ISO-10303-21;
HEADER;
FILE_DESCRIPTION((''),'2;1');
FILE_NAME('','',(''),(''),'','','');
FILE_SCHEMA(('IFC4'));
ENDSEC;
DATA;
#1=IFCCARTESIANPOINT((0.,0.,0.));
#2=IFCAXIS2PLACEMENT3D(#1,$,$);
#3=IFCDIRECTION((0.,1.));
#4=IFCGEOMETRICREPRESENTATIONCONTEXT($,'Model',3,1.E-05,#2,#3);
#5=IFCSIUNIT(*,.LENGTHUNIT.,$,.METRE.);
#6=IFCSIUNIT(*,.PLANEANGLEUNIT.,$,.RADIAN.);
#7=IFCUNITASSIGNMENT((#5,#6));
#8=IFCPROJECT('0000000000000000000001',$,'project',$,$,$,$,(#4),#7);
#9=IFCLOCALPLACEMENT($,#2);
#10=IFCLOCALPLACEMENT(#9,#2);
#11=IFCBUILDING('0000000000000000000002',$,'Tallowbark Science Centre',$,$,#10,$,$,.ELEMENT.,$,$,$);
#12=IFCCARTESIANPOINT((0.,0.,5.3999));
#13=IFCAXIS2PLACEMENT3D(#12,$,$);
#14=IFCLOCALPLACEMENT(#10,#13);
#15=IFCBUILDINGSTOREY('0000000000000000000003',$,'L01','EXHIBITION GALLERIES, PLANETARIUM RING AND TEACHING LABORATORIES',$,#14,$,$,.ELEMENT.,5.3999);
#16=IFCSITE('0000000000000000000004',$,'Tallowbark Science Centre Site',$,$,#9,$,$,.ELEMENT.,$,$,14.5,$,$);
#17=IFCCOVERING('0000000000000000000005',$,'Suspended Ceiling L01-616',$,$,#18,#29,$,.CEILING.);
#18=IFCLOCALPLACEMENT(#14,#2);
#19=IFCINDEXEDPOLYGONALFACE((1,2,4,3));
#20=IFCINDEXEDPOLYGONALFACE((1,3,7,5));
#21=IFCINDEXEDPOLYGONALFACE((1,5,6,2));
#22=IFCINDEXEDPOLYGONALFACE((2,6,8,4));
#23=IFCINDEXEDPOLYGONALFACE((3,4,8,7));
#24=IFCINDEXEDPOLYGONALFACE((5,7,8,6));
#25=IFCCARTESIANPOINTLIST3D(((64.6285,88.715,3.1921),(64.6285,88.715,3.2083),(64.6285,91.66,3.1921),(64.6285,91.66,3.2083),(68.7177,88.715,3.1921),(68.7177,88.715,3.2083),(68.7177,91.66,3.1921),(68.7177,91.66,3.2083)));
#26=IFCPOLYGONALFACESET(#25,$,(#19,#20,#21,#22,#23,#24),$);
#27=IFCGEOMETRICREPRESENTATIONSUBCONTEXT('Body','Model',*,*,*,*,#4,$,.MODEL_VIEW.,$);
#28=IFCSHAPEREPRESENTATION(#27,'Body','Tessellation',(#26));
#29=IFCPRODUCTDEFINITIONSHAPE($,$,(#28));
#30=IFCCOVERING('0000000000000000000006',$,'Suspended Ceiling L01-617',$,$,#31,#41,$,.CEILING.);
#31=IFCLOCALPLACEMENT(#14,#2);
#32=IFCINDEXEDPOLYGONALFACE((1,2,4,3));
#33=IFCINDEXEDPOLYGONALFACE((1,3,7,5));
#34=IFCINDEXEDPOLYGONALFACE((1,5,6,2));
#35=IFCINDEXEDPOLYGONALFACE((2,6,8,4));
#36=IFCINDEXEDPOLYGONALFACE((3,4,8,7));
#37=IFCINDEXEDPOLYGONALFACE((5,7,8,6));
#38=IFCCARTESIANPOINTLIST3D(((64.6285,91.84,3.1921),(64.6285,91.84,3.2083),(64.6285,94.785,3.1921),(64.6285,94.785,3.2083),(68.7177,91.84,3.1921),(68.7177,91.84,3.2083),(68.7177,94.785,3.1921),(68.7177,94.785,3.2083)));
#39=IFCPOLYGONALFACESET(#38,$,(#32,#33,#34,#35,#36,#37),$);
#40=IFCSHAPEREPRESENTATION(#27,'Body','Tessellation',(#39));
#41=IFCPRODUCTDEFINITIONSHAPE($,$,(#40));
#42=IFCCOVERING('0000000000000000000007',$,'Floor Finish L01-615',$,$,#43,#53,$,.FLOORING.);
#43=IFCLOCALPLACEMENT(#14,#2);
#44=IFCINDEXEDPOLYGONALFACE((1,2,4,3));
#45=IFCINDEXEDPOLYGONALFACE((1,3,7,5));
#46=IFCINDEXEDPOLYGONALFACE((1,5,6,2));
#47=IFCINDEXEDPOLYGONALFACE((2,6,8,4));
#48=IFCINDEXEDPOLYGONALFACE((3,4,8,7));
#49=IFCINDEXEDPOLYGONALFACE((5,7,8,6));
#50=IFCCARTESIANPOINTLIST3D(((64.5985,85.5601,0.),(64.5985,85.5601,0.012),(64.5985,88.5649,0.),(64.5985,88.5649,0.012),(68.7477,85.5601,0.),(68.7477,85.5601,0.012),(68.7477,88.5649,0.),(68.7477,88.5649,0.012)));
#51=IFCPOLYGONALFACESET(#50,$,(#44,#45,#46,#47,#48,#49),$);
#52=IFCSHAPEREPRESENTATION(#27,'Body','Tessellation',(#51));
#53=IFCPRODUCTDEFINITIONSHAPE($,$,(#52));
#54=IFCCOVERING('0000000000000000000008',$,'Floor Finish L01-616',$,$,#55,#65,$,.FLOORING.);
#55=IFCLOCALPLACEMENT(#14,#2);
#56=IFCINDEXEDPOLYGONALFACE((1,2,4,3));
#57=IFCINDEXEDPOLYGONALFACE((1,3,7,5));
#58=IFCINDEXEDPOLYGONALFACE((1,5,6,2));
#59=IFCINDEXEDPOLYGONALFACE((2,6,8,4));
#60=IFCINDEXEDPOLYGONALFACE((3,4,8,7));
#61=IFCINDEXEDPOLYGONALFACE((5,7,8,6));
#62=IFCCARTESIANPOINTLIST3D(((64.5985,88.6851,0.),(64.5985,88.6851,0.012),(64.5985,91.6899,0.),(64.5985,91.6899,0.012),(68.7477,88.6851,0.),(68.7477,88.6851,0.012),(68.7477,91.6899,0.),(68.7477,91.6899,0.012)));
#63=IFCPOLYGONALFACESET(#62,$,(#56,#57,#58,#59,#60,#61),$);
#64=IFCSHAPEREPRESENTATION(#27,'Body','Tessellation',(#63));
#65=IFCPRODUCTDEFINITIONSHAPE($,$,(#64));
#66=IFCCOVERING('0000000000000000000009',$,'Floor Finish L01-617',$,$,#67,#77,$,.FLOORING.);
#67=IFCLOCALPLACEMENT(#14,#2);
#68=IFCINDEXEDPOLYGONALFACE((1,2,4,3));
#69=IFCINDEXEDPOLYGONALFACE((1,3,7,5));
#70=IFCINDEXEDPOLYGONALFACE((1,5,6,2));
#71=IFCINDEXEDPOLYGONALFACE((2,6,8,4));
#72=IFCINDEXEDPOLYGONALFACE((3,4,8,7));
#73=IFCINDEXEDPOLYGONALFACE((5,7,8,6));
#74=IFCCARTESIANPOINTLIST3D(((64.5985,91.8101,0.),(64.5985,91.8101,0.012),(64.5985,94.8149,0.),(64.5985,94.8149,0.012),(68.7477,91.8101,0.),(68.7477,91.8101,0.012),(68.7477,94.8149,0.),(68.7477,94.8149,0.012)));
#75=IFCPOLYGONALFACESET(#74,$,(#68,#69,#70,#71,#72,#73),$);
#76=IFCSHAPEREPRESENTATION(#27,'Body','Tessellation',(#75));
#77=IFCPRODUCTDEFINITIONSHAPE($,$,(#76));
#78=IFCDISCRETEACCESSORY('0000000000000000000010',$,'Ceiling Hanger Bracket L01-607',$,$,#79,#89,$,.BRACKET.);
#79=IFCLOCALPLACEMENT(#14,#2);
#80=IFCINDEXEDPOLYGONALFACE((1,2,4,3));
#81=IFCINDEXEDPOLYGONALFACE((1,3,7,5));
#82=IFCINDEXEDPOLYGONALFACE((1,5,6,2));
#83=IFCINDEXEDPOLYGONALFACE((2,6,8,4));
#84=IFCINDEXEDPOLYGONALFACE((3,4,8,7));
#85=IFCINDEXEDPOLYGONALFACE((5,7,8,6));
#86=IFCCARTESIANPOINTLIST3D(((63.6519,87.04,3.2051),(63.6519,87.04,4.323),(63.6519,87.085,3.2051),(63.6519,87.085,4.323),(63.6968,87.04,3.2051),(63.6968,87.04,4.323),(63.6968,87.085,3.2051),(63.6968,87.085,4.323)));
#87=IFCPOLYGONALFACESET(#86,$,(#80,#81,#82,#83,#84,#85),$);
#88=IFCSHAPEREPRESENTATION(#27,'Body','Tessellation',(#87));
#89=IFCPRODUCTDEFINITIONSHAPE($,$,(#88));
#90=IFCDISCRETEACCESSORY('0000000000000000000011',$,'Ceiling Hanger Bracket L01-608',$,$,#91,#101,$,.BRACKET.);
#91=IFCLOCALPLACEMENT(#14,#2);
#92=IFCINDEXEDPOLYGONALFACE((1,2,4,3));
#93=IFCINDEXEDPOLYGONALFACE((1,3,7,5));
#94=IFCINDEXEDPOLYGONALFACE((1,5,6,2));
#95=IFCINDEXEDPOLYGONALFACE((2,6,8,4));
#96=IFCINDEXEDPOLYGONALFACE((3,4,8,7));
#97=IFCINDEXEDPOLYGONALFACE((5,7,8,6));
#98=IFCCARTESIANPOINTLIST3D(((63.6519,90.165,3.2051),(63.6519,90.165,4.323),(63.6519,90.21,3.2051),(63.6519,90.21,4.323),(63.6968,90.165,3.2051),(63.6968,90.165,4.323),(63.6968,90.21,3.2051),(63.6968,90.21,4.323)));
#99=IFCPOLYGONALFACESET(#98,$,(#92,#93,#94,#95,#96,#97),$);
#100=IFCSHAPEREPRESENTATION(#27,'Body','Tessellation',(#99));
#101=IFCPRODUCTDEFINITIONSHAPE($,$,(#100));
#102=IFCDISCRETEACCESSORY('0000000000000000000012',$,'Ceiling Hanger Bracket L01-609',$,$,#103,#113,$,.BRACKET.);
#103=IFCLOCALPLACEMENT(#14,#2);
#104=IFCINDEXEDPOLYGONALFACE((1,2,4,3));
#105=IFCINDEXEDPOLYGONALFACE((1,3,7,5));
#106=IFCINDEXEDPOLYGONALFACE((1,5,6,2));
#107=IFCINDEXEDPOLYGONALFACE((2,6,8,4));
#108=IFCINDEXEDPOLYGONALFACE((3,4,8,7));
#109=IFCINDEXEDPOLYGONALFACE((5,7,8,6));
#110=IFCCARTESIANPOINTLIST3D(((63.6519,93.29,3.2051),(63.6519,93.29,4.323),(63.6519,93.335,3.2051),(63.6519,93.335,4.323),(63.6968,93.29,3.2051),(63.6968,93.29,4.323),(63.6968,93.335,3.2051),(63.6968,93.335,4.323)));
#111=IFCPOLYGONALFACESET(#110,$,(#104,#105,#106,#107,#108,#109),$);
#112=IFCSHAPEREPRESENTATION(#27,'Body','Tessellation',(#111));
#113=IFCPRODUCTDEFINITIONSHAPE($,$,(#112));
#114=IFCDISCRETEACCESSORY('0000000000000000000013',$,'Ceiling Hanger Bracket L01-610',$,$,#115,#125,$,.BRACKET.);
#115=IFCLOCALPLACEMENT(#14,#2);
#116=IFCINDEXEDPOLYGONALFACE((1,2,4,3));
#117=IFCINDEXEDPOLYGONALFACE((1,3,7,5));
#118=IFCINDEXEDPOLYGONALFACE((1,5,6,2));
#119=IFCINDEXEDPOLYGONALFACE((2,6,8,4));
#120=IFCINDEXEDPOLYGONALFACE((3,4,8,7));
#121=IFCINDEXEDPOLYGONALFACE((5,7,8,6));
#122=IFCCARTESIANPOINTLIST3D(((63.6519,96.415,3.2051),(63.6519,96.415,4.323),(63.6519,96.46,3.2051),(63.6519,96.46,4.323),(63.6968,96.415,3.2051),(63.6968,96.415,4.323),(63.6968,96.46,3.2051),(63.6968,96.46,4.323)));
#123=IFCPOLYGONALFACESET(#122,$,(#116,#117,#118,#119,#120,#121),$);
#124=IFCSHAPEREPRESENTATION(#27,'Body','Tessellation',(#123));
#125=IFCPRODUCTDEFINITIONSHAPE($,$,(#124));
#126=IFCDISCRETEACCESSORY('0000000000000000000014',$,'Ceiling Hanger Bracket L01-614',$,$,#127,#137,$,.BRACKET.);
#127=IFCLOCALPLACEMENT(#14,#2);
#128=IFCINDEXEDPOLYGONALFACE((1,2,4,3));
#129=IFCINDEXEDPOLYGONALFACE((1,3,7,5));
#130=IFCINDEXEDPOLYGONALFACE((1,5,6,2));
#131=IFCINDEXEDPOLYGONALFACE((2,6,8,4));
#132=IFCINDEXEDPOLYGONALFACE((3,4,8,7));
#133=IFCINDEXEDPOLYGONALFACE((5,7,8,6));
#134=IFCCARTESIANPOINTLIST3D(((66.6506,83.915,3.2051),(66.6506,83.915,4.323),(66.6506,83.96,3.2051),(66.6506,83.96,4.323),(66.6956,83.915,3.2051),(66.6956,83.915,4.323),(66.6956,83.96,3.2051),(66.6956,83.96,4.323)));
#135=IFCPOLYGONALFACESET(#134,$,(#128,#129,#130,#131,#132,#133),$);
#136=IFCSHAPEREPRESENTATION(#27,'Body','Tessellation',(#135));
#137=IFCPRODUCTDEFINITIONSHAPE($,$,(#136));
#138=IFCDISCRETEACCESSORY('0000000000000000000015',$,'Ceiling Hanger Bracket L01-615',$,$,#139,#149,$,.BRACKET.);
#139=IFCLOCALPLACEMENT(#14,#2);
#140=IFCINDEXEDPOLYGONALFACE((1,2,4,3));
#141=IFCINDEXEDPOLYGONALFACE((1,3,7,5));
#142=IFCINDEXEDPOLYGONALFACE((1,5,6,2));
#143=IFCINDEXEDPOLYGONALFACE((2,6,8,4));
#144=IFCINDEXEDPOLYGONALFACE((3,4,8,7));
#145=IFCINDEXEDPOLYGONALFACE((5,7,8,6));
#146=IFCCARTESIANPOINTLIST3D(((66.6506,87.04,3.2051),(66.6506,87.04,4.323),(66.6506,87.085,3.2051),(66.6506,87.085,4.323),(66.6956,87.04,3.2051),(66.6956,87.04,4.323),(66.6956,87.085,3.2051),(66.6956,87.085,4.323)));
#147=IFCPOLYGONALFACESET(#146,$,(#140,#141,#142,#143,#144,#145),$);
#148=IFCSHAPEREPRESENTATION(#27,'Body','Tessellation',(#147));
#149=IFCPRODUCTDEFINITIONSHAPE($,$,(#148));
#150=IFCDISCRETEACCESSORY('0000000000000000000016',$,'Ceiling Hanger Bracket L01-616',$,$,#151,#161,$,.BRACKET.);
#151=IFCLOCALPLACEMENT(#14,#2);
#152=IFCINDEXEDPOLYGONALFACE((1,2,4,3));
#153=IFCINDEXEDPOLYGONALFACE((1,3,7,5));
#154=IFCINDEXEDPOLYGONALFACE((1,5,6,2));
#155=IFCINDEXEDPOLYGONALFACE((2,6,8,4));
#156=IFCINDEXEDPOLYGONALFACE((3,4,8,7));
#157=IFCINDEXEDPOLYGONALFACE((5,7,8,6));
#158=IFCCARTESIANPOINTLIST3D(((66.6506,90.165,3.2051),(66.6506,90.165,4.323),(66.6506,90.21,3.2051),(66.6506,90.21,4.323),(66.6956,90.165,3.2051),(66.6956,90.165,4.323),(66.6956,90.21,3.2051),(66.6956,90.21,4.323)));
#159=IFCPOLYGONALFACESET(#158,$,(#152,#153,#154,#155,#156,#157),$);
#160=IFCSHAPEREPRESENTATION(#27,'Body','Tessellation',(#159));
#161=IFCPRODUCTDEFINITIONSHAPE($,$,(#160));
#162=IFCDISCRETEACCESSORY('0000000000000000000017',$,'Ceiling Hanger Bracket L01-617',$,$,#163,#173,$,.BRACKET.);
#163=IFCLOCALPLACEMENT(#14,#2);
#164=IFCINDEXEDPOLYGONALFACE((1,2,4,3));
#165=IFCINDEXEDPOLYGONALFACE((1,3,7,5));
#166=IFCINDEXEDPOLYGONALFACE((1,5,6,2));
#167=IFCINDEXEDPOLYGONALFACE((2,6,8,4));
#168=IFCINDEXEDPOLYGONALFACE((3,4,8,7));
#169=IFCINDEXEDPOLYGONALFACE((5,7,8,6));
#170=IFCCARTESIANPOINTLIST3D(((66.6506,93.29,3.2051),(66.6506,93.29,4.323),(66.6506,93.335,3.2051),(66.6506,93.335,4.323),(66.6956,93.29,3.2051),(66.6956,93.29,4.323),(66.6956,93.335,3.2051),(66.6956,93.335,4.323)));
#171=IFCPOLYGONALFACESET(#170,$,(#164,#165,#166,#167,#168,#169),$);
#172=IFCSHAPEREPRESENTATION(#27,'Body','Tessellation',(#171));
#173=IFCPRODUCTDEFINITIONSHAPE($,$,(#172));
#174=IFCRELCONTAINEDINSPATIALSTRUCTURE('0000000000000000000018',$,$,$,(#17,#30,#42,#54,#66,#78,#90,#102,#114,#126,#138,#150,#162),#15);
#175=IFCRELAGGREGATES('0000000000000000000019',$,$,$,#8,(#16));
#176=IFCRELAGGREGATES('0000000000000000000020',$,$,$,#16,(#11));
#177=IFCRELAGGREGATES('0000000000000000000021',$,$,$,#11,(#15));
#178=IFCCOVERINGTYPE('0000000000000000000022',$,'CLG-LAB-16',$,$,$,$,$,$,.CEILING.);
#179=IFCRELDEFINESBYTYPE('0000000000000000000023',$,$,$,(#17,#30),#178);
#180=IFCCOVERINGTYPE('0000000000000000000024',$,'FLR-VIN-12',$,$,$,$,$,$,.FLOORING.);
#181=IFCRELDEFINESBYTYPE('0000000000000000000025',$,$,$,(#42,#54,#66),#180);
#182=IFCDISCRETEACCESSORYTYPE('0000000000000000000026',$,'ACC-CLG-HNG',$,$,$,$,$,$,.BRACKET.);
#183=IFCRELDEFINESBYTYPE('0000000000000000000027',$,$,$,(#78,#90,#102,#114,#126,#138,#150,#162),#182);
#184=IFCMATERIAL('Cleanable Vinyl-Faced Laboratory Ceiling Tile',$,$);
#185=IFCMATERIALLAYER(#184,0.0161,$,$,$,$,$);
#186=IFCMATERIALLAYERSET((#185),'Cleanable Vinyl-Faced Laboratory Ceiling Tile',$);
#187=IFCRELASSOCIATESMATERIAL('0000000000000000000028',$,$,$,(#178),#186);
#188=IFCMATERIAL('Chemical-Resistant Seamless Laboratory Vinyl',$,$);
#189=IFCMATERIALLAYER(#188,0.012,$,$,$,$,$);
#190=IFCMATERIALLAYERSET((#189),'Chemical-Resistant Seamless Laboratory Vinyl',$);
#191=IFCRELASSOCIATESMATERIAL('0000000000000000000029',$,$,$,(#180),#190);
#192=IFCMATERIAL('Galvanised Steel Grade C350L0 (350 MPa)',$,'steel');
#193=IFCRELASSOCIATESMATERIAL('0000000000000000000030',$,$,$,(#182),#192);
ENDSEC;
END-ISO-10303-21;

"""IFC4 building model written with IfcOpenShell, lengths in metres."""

from ifc_helpers import new_model, si_unit, direction, frame, origin, origin_2d, place, context, subcontext, project, spatial, rectangle, extrude, material, layer, layer_set, type_object, element, save


model = new_model("IFC4")

# Units and contexts
model_context = context("Model", 3, precision=1e-05, world=origin(), true_north=direction((0.0, 1.0)))
body_context = subcontext(model_context, "Body", "Model", "MODEL_VIEW")
ifc_project = project(units=[si_unit("LENGTHUNIT", "METRE"), si_unit("PLANEANGLEUNIT", "RADIAN")], contexts=[model_context])

# Site, building, storey
site_placement = place(None, origin())
site = spatial("IfcSite", under=ifc_project, at=site_placement, Name="Tallowbark Science Centre Site", CompositionType="ELEMENT", RefElevation=14.5)
building_placement = place(site_placement, origin())
building = spatial("IfcBuilding", under=site, at=building_placement, Name="Tallowbark Science Centre", CompositionType="ELEMENT")
storey_placement = place(building_placement, frame((0.0, 0.0, 5.3999)))
storey = spatial("IfcBuildingStorey", under=building, at=storey_placement, Name="L01", Description="EXHIBITION GALLERIES, PLANETARIUM RING AND TEACHING LABORATORIES", CompositionType="ELEMENT", Elevation=5.3999)

# Coverings
ifc_material_1 = material(Name="Cleanable Vinyl-Faced Laboratory Ceiling Tile")
ifc_layer_1 = layer(ifc_material_1, 0.0161)
ifc_layer_set_1 = layer_set([ifc_layer_1], Name="Cleanable Vinyl-Faced Laboratory Ceiling Tile")
covering_type_1 = type_object("IfcCoveringType", Name="CLG-LAB-16", PredefinedType="CEILING", material=ifc_layer_set_1)
for number, where, z_axis, x_axis, name in (
    (1, (66.6731, 90.1875, 3.1921), (0.0, 0.0, 1.0), (1.0, 0.0, 0.0), "Suspended Ceiling L01-616"),
    (2, (66.6731, 93.3125, 3.1921), (0.0, 0.0, 1.0), (1.0, 0.0, 0.0), "Suspended Ceiling L01-617"),
):
    element("IfcCovering", number, at=place(storey_placement, frame(where, z_axis=z_axis, x_axis=x_axis)), inside=storey, type_object=covering_type_1, Name=name, PredefinedType="CEILING", context=body_context, shape_type="SweptSolid", body=[
        extrude(rectangle(XDim=4.0891, YDim=2.9451, at=origin_2d()), origin(), (0.0, 0.0, 1.0), 0.0161),
    ])
ifc_material_2 = material(Name="Chemical-Resistant Seamless Laboratory Vinyl")
ifc_layer_2 = layer(ifc_material_2, 0.012)
ifc_layer_set_2 = layer_set([ifc_layer_2], Name="Chemical-Resistant Seamless Laboratory Vinyl")
covering_type_2 = type_object("IfcCoveringType", Name="FLR-VIN-12", PredefinedType="FLOORING", material=ifc_layer_set_2)
for number, where, z_axis, x_axis, name in (
    (3, (66.6731, 87.0625, 0.0), (0.0, 0.0, 1.0), (1.0, 0.0, 0.0), "Floor Finish L01-615"),
    (4, (66.6731, 90.1875, 0.0), (0.0, 0.0, 1.0), (1.0, 0.0, 0.0), "Floor Finish L01-616"),
    (5, (66.6731, 93.3125, 0.0), (0.0, 0.0, 1.0), (1.0, 0.0, 0.0), "Floor Finish L01-617"),
):
    element("IfcCovering", number, at=place(storey_placement, frame(where, z_axis=z_axis, x_axis=x_axis)), inside=storey, type_object=covering_type_2, Name=name, PredefinedType="FLOORING", context=body_context, shape_type="SweptSolid", body=[
        extrude(rectangle(XDim=4.1492, YDim=3.0049, at=origin_2d()), origin(), (0.0, 0.0, 1.0), 0.012),
    ])

# Discrete accessories
ifc_material_3 = material(Name="Galvanised Steel Grade C350L0 (350 MPa)", Category="steel")
discrete_accessory_type = type_object("IfcDiscreteAccessoryType", Name="ACC-CLG-HNG", PredefinedType="BRACKET", material=ifc_material_3)
for number, where, z_axis, x_axis, name in (
    (6, (63.6743, 87.0625, 3.2051), (0.0, 0.0, 1.0), (1.0, 0.0, 0.0), "Ceiling Hanger Bracket L01-607"),
    (7, (63.6743, 90.1875, 3.2051), (0.0, 0.0, 1.0), (1.0, 0.0, 0.0), "Ceiling Hanger Bracket L01-608"),
    (8, (63.6743, 93.3125, 3.2051), (0.0, 0.0, 1.0), (1.0, 0.0, 0.0), "Ceiling Hanger Bracket L01-609"),
    (9, (63.6743, 96.4375, 3.2051), (0.0, 0.0, 1.0), (1.0, 0.0, 0.0), "Ceiling Hanger Bracket L01-610"),
    (10, (66.6731, 83.9375, 3.2051), (0.0, 0.0, 1.0), (1.0, 0.0, 0.0), "Ceiling Hanger Bracket L01-614"),
    (11, (66.6731, 87.0625, 3.2051), (0.0, 0.0, 1.0), (1.0, 0.0, 0.0), "Ceiling Hanger Bracket L01-615"),
    (12, (66.6731, 90.1875, 3.2051), (0.0, 0.0, 1.0), (1.0, 0.0, 0.0), "Ceiling Hanger Bracket L01-616"),
    (13, (66.6731, 93.3125, 3.2051), (0.0, 0.0, 1.0), (1.0, 0.0, 0.0), "Ceiling Hanger Bracket L01-617"),
):
    element("IfcDiscreteAccessory", number, at=place(storey_placement, frame(where, z_axis=z_axis, x_axis=x_axis)), inside=storey, type_object=discrete_accessory_type, Name=name, PredefinedType="BRACKET", context=body_context, shape_type="SweptSolid", body=[
        extrude(rectangle(XDim=0.0449, YDim=0.0449, at=origin_2d()), origin(), (0.0, 0.0, 1.0), 1.1179),
    ])

save(model, "model.ifc")
